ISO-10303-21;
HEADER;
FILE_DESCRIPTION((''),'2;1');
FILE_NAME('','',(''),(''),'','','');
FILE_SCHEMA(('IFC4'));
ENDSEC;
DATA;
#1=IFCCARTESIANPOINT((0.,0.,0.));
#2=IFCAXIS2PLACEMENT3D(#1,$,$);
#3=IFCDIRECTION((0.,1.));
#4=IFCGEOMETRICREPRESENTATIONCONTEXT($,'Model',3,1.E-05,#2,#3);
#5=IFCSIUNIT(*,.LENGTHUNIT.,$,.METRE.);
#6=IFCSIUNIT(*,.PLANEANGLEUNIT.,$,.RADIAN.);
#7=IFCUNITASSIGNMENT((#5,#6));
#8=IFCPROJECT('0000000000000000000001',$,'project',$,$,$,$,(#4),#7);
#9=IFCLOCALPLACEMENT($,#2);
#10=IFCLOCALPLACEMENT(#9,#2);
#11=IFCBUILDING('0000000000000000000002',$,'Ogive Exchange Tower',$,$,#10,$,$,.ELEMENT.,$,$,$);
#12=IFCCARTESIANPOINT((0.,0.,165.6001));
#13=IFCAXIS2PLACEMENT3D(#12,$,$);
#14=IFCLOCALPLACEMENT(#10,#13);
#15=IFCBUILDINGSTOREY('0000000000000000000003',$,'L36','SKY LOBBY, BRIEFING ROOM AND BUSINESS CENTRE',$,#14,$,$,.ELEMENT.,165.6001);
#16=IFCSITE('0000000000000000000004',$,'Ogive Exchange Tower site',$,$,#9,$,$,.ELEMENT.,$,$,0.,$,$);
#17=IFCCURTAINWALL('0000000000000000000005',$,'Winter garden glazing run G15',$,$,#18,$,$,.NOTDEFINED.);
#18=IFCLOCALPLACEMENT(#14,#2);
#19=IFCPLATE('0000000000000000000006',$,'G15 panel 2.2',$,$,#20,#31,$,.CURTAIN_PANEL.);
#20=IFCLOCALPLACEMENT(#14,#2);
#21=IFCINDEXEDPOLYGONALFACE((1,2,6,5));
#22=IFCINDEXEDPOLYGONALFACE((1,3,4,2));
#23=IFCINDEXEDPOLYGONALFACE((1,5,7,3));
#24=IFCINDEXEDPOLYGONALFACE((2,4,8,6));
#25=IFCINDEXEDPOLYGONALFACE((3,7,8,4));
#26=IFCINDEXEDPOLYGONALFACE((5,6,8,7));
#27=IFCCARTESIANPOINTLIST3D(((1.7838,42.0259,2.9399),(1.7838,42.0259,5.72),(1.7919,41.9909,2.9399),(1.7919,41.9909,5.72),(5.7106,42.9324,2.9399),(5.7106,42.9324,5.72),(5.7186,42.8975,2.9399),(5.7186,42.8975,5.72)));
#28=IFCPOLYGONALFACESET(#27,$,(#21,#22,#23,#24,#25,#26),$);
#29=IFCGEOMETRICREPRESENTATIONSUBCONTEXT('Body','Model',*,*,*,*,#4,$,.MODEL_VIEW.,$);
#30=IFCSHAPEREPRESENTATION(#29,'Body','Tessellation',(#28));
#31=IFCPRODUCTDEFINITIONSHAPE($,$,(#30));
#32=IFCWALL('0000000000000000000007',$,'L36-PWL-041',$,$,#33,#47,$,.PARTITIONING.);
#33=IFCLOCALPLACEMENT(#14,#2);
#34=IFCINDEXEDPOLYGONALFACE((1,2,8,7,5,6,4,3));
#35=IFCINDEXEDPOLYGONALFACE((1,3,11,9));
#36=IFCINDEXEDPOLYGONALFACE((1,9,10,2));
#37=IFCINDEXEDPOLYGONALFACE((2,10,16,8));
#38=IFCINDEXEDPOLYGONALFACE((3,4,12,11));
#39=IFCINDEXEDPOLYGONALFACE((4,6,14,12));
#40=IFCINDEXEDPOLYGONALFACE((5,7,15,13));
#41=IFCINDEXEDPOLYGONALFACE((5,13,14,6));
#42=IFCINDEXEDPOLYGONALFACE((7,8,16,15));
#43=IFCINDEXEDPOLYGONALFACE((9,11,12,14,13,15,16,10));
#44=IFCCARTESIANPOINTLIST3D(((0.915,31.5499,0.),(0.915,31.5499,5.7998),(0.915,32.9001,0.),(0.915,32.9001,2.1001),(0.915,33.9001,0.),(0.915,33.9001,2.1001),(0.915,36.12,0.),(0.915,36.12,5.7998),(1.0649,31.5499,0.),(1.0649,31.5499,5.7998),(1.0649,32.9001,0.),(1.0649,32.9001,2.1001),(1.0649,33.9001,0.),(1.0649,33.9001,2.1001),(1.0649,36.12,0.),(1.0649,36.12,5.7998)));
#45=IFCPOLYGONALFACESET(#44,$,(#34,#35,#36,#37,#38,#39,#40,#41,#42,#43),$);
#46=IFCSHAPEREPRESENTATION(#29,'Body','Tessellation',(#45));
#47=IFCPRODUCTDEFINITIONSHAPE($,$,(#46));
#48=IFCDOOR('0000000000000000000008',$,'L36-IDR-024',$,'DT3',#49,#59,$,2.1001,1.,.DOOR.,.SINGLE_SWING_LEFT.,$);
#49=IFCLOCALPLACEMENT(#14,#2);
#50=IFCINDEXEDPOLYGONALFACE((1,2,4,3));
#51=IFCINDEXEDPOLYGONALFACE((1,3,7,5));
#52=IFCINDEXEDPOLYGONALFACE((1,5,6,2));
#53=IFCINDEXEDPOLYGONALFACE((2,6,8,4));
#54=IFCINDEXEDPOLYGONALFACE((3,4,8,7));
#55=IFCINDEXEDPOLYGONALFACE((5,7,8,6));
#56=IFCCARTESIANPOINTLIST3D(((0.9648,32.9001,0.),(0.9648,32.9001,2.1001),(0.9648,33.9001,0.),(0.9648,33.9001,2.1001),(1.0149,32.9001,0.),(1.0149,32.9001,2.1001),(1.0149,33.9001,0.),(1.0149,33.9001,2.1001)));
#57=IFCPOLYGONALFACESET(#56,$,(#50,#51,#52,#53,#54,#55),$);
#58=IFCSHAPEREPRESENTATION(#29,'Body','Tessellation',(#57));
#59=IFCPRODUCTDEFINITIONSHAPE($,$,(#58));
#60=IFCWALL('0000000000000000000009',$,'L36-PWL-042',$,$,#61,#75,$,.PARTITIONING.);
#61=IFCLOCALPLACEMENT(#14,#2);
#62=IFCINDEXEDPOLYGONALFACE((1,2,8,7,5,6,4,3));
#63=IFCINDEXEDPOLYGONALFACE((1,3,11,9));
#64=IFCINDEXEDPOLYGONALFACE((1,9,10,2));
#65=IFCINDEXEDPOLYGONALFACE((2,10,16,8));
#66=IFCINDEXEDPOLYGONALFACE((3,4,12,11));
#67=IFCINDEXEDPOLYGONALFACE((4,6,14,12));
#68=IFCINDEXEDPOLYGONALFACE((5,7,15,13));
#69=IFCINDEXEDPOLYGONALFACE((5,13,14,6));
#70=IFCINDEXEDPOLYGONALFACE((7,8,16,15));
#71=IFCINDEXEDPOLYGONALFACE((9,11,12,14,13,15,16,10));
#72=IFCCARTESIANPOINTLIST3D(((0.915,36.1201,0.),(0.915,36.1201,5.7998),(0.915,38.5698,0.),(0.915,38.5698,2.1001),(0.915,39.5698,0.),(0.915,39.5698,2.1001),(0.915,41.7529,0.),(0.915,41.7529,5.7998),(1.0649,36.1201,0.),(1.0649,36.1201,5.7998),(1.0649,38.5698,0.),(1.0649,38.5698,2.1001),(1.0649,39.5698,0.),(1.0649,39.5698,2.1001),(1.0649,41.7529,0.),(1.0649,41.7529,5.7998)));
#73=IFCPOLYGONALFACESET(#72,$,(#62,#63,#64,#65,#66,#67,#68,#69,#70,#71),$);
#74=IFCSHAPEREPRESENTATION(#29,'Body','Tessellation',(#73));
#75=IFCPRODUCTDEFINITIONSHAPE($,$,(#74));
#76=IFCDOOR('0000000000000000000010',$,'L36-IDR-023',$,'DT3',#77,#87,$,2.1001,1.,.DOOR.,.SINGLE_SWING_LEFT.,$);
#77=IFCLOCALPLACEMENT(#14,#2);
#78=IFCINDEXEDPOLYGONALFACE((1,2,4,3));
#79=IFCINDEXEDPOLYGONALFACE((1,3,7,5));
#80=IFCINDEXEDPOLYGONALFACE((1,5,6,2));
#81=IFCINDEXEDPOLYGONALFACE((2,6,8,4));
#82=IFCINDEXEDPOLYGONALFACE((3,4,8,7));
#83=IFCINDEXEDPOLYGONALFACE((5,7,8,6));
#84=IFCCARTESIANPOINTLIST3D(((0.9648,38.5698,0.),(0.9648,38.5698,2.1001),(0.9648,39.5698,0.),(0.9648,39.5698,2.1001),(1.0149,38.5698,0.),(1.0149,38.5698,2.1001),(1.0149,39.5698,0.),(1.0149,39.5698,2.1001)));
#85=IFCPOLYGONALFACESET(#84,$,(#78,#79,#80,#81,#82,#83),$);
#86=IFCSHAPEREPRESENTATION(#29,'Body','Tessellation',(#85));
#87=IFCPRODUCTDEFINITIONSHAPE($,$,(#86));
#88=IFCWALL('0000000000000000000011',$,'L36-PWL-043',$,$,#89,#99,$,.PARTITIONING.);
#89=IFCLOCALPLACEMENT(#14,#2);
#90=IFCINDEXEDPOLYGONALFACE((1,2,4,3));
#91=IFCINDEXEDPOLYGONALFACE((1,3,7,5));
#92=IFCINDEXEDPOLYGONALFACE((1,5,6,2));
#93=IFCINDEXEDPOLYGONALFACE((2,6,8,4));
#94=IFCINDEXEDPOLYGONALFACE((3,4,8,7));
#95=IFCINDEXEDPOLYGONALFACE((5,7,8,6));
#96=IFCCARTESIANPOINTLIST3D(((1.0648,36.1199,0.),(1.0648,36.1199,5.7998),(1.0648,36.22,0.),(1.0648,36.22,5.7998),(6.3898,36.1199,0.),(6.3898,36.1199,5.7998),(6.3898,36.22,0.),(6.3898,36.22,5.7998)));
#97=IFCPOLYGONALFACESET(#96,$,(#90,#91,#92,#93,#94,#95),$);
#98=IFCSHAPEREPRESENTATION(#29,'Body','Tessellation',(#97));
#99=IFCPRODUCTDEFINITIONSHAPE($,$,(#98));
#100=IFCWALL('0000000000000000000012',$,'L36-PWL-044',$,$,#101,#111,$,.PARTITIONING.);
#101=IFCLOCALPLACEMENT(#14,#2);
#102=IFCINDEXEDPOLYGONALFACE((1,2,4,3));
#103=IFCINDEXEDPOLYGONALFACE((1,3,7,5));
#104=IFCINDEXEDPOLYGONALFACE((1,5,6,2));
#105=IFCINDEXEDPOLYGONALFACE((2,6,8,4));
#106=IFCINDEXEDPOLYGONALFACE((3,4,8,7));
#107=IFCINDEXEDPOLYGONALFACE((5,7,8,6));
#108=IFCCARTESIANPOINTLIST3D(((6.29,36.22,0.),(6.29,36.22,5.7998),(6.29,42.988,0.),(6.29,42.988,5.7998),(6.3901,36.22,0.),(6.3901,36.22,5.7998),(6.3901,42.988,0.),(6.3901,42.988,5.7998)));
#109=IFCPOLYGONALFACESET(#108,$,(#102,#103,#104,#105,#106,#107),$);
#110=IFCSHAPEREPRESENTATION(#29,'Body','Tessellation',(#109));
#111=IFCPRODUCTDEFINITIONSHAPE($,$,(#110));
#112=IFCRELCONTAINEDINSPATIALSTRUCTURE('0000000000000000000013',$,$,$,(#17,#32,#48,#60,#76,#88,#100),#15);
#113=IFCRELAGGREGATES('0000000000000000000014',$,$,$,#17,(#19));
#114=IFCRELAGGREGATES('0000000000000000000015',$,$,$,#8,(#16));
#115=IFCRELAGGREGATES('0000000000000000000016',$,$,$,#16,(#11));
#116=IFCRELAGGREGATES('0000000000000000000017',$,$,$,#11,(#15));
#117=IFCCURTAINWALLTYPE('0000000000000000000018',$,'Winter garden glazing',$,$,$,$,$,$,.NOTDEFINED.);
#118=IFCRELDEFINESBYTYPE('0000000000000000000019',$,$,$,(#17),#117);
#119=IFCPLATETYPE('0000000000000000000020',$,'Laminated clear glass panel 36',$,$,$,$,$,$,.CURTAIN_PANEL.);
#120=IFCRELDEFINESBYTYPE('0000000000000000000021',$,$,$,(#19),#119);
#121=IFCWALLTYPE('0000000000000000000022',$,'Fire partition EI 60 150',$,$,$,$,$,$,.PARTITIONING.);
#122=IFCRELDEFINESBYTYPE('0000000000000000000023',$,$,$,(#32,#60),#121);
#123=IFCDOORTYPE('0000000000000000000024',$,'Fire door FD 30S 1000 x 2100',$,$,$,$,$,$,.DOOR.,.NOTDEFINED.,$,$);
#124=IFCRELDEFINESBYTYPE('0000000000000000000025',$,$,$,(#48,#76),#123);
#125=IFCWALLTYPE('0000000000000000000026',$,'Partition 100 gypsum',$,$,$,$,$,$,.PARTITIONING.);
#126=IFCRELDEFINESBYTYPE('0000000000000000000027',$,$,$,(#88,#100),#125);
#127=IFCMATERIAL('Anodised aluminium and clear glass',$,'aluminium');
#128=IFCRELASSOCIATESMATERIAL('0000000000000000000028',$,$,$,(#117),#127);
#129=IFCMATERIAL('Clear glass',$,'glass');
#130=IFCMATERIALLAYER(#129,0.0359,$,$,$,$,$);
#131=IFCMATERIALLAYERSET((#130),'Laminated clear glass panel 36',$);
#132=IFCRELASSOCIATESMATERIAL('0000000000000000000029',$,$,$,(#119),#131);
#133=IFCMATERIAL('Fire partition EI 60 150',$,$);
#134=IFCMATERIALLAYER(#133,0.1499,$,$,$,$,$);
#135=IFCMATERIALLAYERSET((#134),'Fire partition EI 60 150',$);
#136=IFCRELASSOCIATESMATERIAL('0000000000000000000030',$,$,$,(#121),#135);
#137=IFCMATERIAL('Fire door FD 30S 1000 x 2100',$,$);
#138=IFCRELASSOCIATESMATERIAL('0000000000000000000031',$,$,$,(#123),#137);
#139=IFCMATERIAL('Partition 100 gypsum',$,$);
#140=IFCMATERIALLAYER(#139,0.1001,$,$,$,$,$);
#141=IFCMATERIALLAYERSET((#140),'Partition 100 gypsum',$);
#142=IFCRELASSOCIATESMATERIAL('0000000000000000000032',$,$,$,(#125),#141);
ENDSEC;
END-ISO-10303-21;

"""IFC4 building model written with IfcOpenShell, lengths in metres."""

from ifc_helpers import new_model, si_unit, direction, frame, frame_2d, origin, origin_2d, place, context, subcontext, project, spatial, rectangle, extrude, material, layer, layer_set, type_object, element, fill, aggregate, save


model = new_model("IFC4")

# Units and contexts
model_context = context("Model", 3, precision=1e-05, world=origin(), true_north=direction((0.0, 1.0)))
body_context = subcontext(model_context, "Body", "Model", "MODEL_VIEW")
ifc_project = project(units=[si_unit("LENGTHUNIT", "METRE"), si_unit("PLANEANGLEUNIT", "RADIAN")], contexts=[model_context])

# Site, building, storey
site_placement = place(None, origin())
site = spatial("IfcSite", under=ifc_project, at=site_placement, Name="Ogive Exchange Tower site", CompositionType="ELEMENT", RefElevation=0.0)
building_placement = place(site_placement, origin())
building = spatial("IfcBuilding", under=site, at=building_placement, Name="Ogive Exchange Tower", CompositionType="ELEMENT")
storey_placement = place(building_placement, frame((0.0, 0.0, 165.6001)))
storey = spatial("IfcBuildingStorey", under=building, at=storey_placement, Name="L36", Description="SKY LOBBY, BRIEFING ROOM AND BUSINESS CENTRE", CompositionType="ELEMENT", Elevation=165.6001)

# Curtain wall
ifc_material_1 = material(Name="Anodised aluminium and clear glass", Category="aluminium")
curtain_wall_type = type_object("IfcCurtainWallType", Name="Winter garden glazing", PredefinedType="NOTDEFINED", material=ifc_material_1)
curtain_wall_1_placement = place(storey_placement, origin())
curtain_wall_1 = element("IfcCurtainWall", 1, at=curtain_wall_1_placement, inside=storey, type_object=curtain_wall_type, Name="Winter garden glazing run G15", PredefinedType="NOTDEFINED")

# Plate
ifc_material_2 = material(Name="Clear glass", Category="glass")
ifc_layer_1 = layer(ifc_material_2, 0.0359)
ifc_layer_set_1 = layer_set([ifc_layer_1], Name="Laminated clear glass panel 36")
plate_type = type_object("IfcPlateType", Name="Laminated clear glass panel 36", PredefinedType="CURTAIN_PANEL", material=ifc_layer_set_1)
plate_1_placement = place(storey_placement, frame((3.7512, 42.4617, 2.9399), z_axis=(0.0, 0.0, 1.0), x_axis=(-0.97437, -0.224951, 0.0)))
plate_1 = element("IfcPlate", 2, at=plate_1_placement, type_object=plate_type, Name="G15 panel 2.2", PredefinedType="CURTAIN_PANEL", context=body_context, shape_type="SweptSolid", body=[
    extrude(rectangle(XDim=4.03, YDim=0.0359, at=origin_2d()), origin(), (0.0, 0.0, 1.0), 2.78),
])
aggregate(curtain_wall_1, [plate_1])

# Walls, openings, doors
ifc_material_3 = material(Name="Fire partition EI 60 150")
ifc_layer_2 = layer(ifc_material_3, 0.1499)
ifc_layer_set_2 = layer_set([ifc_layer_2], Name="Fire partition EI 60 150")
wall_type_1 = type_object("IfcWallType", Name="Fire partition EI 60 150", PredefinedType="PARTITIONING", material=ifc_layer_set_2)
wall_1_placement = place(storey_placement, frame((0.99, 36.1201, 0.0), z_axis=(0.0, 0.0, 1.0), x_axis=(0.0, -1.0, 0.0)))
wall_1 = element("IfcWall", 3, at=wall_1_placement, inside=storey, type_object=wall_type_1, Name="L36-PWL-041", PredefinedType="PARTITIONING", context=body_context, shape_type="SweptSolid", body=[
    extrude(rectangle(XDim=4.5701, YDim=0.1499, at=frame_2d((2.2852, 0.0))), origin(), (0.0, 0.0, 1.0), 5.7998),
])
opening_1_placement = place(wall_1_placement, frame((2.22, 0.0, 0.0)))
opening_1 = element("IfcOpeningElement", 4, at=opening_1_placement, cuts=wall_1, PredefinedType="OPENING", context=body_context, shape_type="SweptSolid", body=[
    extrude(rectangle(XDim=1.0, YDim=2.1001, at=frame_2d((0.5, 1.05))), frame((0.0, 0.085, 0.0), z_axis=(0.0, -1.0, 0.0), x_axis=(1.0, 0.0, 0.0)), (0.0, 0.0, 1.0), 0.1699),
])
ifc_material_4 = material(Name="Fire door FD 30S 1000 x 2100")
door_type = type_object("IfcDoorType", Name="Fire door FD 30S 1000 x 2100", OperationType="NOTDEFINED", PredefinedType="DOOR", material=ifc_material_4)
door_1_placement = place(opening_1_placement, origin())
door_1 = element("IfcDoor", 5, at=door_1_placement, inside=storey, type_object=door_type, Name="L36-IDR-024", ObjectType="DT3", OperationType="SINGLE_SWING_LEFT", OverallHeight=2.1001, OverallWidth=1.0, PredefinedType="DOOR", context=body_context, shape_type="SweptSolid", body=[
    extrude(rectangle(XDim=1.0, YDim=2.1001, at=frame_2d((0.5, 1.05))), frame((0.0, 0.0249, 0.0), z_axis=(0.0, -1.0, 0.0), x_axis=(1.0, 0.0, 0.0)), (0.0, 0.0, 1.0), 0.05),
])
fill(opening_1, door_1)
wall_2_placement = place(storey_placement, frame((0.99, 41.7529, 0.0), z_axis=(0.0, 0.0, 1.0), x_axis=(0.0, -1.0, 0.0)))
wall_2 = element("IfcWall", 6, at=wall_2_placement, inside=storey, type_object=wall_type_1, Name="L36-PWL-042", PredefinedType="PARTITIONING", context=body_context, shape_type="SweptSolid", body=[
    extrude(rectangle(XDim=5.6328, YDim=0.1499, at=frame_2d((2.8164, 0.0))), origin(), (0.0, 0.0, 1.0), 5.7998),
])
opening_2_placement = place(wall_2_placement, frame((2.1831, 0.0, 0.0)))
opening_2 = element("IfcOpeningElement", 7, at=opening_2_placement, cuts=wall_2, PredefinedType="OPENING", context=body_context, shape_type="SweptSolid", body=[
    extrude(rectangle(XDim=1.0, YDim=2.1001, at=frame_2d((0.5, 1.05))), frame((0.0, 0.085, 0.0), z_axis=(0.0, -1.0, 0.0), x_axis=(1.0, 0.0, 0.0)), (0.0, 0.0, 1.0), 0.1699),
])
door_2_placement = place(opening_2_placement, origin())
door_2 = element("IfcDoor", 8, at=door_2_placement, inside=storey, type_object=door_type, Name="L36-IDR-023", ObjectType="DT3", OperationType="SINGLE_SWING_LEFT", OverallHeight=2.1001, OverallWidth=1.0, PredefinedType="DOOR", context=body_context, shape_type="SweptSolid", body=[
    extrude(rectangle(XDim=1.0, YDim=2.1001, at=frame_2d((0.5, 1.05))), frame((0.0, 0.0249, 0.0), z_axis=(0.0, -1.0, 0.0), x_axis=(1.0, 0.0, 0.0)), (0.0, 0.0, 1.0), 0.05),
])
fill(opening_2, door_2)

# Walls
ifc_material_5 = material(Name="Partition 100 gypsum")
ifc_layer_3 = layer(ifc_material_5, 0.1001)
ifc_layer_set_3 = layer_set([ifc_layer_3], Name="Partition 100 gypsum")
wall_type_2 = type_object("IfcWallType", Name="Partition 100 gypsum", PredefinedType="PARTITIONING", material=ifc_layer_set_3)
wall_3_placement = place(storey_placement, frame((6.3899, 36.1699, 0.0), z_axis=(0.0, 0.0, 1.0), x_axis=(-1.0, 0.0, 0.0)))
element("IfcWall", 9, at=wall_3_placement, inside=storey, type_object=wall_type_2, Name="L36-PWL-043", PredefinedType="PARTITIONING", context=body_context, shape_type="SweptSolid", body=[
    extrude(rectangle(XDim=5.325, YDim=0.1001, at=frame_2d((2.6626, 0.0))), origin(), (0.0, 0.0, 1.0), 5.7998),
])
wall_4_placement = place(storey_placement, frame((6.3401, 36.22, 0.0), z_axis=(0.0, 0.0, 1.0), x_axis=(0.0, 1.0, 0.0)))
element("IfcWall", 10, at=wall_4_placement, inside=storey, type_object=wall_type_2, Name="L36-PWL-044", PredefinedType="PARTITIONING", context=body_context, shape_type="SweptSolid", body=[
    extrude(rectangle(XDim=6.7681, YDim=0.1001, at=frame_2d((3.384, 0.0))), origin(), (0.0, 0.0, 1.0), 5.7998),
])

save(model, "model.ifc")
